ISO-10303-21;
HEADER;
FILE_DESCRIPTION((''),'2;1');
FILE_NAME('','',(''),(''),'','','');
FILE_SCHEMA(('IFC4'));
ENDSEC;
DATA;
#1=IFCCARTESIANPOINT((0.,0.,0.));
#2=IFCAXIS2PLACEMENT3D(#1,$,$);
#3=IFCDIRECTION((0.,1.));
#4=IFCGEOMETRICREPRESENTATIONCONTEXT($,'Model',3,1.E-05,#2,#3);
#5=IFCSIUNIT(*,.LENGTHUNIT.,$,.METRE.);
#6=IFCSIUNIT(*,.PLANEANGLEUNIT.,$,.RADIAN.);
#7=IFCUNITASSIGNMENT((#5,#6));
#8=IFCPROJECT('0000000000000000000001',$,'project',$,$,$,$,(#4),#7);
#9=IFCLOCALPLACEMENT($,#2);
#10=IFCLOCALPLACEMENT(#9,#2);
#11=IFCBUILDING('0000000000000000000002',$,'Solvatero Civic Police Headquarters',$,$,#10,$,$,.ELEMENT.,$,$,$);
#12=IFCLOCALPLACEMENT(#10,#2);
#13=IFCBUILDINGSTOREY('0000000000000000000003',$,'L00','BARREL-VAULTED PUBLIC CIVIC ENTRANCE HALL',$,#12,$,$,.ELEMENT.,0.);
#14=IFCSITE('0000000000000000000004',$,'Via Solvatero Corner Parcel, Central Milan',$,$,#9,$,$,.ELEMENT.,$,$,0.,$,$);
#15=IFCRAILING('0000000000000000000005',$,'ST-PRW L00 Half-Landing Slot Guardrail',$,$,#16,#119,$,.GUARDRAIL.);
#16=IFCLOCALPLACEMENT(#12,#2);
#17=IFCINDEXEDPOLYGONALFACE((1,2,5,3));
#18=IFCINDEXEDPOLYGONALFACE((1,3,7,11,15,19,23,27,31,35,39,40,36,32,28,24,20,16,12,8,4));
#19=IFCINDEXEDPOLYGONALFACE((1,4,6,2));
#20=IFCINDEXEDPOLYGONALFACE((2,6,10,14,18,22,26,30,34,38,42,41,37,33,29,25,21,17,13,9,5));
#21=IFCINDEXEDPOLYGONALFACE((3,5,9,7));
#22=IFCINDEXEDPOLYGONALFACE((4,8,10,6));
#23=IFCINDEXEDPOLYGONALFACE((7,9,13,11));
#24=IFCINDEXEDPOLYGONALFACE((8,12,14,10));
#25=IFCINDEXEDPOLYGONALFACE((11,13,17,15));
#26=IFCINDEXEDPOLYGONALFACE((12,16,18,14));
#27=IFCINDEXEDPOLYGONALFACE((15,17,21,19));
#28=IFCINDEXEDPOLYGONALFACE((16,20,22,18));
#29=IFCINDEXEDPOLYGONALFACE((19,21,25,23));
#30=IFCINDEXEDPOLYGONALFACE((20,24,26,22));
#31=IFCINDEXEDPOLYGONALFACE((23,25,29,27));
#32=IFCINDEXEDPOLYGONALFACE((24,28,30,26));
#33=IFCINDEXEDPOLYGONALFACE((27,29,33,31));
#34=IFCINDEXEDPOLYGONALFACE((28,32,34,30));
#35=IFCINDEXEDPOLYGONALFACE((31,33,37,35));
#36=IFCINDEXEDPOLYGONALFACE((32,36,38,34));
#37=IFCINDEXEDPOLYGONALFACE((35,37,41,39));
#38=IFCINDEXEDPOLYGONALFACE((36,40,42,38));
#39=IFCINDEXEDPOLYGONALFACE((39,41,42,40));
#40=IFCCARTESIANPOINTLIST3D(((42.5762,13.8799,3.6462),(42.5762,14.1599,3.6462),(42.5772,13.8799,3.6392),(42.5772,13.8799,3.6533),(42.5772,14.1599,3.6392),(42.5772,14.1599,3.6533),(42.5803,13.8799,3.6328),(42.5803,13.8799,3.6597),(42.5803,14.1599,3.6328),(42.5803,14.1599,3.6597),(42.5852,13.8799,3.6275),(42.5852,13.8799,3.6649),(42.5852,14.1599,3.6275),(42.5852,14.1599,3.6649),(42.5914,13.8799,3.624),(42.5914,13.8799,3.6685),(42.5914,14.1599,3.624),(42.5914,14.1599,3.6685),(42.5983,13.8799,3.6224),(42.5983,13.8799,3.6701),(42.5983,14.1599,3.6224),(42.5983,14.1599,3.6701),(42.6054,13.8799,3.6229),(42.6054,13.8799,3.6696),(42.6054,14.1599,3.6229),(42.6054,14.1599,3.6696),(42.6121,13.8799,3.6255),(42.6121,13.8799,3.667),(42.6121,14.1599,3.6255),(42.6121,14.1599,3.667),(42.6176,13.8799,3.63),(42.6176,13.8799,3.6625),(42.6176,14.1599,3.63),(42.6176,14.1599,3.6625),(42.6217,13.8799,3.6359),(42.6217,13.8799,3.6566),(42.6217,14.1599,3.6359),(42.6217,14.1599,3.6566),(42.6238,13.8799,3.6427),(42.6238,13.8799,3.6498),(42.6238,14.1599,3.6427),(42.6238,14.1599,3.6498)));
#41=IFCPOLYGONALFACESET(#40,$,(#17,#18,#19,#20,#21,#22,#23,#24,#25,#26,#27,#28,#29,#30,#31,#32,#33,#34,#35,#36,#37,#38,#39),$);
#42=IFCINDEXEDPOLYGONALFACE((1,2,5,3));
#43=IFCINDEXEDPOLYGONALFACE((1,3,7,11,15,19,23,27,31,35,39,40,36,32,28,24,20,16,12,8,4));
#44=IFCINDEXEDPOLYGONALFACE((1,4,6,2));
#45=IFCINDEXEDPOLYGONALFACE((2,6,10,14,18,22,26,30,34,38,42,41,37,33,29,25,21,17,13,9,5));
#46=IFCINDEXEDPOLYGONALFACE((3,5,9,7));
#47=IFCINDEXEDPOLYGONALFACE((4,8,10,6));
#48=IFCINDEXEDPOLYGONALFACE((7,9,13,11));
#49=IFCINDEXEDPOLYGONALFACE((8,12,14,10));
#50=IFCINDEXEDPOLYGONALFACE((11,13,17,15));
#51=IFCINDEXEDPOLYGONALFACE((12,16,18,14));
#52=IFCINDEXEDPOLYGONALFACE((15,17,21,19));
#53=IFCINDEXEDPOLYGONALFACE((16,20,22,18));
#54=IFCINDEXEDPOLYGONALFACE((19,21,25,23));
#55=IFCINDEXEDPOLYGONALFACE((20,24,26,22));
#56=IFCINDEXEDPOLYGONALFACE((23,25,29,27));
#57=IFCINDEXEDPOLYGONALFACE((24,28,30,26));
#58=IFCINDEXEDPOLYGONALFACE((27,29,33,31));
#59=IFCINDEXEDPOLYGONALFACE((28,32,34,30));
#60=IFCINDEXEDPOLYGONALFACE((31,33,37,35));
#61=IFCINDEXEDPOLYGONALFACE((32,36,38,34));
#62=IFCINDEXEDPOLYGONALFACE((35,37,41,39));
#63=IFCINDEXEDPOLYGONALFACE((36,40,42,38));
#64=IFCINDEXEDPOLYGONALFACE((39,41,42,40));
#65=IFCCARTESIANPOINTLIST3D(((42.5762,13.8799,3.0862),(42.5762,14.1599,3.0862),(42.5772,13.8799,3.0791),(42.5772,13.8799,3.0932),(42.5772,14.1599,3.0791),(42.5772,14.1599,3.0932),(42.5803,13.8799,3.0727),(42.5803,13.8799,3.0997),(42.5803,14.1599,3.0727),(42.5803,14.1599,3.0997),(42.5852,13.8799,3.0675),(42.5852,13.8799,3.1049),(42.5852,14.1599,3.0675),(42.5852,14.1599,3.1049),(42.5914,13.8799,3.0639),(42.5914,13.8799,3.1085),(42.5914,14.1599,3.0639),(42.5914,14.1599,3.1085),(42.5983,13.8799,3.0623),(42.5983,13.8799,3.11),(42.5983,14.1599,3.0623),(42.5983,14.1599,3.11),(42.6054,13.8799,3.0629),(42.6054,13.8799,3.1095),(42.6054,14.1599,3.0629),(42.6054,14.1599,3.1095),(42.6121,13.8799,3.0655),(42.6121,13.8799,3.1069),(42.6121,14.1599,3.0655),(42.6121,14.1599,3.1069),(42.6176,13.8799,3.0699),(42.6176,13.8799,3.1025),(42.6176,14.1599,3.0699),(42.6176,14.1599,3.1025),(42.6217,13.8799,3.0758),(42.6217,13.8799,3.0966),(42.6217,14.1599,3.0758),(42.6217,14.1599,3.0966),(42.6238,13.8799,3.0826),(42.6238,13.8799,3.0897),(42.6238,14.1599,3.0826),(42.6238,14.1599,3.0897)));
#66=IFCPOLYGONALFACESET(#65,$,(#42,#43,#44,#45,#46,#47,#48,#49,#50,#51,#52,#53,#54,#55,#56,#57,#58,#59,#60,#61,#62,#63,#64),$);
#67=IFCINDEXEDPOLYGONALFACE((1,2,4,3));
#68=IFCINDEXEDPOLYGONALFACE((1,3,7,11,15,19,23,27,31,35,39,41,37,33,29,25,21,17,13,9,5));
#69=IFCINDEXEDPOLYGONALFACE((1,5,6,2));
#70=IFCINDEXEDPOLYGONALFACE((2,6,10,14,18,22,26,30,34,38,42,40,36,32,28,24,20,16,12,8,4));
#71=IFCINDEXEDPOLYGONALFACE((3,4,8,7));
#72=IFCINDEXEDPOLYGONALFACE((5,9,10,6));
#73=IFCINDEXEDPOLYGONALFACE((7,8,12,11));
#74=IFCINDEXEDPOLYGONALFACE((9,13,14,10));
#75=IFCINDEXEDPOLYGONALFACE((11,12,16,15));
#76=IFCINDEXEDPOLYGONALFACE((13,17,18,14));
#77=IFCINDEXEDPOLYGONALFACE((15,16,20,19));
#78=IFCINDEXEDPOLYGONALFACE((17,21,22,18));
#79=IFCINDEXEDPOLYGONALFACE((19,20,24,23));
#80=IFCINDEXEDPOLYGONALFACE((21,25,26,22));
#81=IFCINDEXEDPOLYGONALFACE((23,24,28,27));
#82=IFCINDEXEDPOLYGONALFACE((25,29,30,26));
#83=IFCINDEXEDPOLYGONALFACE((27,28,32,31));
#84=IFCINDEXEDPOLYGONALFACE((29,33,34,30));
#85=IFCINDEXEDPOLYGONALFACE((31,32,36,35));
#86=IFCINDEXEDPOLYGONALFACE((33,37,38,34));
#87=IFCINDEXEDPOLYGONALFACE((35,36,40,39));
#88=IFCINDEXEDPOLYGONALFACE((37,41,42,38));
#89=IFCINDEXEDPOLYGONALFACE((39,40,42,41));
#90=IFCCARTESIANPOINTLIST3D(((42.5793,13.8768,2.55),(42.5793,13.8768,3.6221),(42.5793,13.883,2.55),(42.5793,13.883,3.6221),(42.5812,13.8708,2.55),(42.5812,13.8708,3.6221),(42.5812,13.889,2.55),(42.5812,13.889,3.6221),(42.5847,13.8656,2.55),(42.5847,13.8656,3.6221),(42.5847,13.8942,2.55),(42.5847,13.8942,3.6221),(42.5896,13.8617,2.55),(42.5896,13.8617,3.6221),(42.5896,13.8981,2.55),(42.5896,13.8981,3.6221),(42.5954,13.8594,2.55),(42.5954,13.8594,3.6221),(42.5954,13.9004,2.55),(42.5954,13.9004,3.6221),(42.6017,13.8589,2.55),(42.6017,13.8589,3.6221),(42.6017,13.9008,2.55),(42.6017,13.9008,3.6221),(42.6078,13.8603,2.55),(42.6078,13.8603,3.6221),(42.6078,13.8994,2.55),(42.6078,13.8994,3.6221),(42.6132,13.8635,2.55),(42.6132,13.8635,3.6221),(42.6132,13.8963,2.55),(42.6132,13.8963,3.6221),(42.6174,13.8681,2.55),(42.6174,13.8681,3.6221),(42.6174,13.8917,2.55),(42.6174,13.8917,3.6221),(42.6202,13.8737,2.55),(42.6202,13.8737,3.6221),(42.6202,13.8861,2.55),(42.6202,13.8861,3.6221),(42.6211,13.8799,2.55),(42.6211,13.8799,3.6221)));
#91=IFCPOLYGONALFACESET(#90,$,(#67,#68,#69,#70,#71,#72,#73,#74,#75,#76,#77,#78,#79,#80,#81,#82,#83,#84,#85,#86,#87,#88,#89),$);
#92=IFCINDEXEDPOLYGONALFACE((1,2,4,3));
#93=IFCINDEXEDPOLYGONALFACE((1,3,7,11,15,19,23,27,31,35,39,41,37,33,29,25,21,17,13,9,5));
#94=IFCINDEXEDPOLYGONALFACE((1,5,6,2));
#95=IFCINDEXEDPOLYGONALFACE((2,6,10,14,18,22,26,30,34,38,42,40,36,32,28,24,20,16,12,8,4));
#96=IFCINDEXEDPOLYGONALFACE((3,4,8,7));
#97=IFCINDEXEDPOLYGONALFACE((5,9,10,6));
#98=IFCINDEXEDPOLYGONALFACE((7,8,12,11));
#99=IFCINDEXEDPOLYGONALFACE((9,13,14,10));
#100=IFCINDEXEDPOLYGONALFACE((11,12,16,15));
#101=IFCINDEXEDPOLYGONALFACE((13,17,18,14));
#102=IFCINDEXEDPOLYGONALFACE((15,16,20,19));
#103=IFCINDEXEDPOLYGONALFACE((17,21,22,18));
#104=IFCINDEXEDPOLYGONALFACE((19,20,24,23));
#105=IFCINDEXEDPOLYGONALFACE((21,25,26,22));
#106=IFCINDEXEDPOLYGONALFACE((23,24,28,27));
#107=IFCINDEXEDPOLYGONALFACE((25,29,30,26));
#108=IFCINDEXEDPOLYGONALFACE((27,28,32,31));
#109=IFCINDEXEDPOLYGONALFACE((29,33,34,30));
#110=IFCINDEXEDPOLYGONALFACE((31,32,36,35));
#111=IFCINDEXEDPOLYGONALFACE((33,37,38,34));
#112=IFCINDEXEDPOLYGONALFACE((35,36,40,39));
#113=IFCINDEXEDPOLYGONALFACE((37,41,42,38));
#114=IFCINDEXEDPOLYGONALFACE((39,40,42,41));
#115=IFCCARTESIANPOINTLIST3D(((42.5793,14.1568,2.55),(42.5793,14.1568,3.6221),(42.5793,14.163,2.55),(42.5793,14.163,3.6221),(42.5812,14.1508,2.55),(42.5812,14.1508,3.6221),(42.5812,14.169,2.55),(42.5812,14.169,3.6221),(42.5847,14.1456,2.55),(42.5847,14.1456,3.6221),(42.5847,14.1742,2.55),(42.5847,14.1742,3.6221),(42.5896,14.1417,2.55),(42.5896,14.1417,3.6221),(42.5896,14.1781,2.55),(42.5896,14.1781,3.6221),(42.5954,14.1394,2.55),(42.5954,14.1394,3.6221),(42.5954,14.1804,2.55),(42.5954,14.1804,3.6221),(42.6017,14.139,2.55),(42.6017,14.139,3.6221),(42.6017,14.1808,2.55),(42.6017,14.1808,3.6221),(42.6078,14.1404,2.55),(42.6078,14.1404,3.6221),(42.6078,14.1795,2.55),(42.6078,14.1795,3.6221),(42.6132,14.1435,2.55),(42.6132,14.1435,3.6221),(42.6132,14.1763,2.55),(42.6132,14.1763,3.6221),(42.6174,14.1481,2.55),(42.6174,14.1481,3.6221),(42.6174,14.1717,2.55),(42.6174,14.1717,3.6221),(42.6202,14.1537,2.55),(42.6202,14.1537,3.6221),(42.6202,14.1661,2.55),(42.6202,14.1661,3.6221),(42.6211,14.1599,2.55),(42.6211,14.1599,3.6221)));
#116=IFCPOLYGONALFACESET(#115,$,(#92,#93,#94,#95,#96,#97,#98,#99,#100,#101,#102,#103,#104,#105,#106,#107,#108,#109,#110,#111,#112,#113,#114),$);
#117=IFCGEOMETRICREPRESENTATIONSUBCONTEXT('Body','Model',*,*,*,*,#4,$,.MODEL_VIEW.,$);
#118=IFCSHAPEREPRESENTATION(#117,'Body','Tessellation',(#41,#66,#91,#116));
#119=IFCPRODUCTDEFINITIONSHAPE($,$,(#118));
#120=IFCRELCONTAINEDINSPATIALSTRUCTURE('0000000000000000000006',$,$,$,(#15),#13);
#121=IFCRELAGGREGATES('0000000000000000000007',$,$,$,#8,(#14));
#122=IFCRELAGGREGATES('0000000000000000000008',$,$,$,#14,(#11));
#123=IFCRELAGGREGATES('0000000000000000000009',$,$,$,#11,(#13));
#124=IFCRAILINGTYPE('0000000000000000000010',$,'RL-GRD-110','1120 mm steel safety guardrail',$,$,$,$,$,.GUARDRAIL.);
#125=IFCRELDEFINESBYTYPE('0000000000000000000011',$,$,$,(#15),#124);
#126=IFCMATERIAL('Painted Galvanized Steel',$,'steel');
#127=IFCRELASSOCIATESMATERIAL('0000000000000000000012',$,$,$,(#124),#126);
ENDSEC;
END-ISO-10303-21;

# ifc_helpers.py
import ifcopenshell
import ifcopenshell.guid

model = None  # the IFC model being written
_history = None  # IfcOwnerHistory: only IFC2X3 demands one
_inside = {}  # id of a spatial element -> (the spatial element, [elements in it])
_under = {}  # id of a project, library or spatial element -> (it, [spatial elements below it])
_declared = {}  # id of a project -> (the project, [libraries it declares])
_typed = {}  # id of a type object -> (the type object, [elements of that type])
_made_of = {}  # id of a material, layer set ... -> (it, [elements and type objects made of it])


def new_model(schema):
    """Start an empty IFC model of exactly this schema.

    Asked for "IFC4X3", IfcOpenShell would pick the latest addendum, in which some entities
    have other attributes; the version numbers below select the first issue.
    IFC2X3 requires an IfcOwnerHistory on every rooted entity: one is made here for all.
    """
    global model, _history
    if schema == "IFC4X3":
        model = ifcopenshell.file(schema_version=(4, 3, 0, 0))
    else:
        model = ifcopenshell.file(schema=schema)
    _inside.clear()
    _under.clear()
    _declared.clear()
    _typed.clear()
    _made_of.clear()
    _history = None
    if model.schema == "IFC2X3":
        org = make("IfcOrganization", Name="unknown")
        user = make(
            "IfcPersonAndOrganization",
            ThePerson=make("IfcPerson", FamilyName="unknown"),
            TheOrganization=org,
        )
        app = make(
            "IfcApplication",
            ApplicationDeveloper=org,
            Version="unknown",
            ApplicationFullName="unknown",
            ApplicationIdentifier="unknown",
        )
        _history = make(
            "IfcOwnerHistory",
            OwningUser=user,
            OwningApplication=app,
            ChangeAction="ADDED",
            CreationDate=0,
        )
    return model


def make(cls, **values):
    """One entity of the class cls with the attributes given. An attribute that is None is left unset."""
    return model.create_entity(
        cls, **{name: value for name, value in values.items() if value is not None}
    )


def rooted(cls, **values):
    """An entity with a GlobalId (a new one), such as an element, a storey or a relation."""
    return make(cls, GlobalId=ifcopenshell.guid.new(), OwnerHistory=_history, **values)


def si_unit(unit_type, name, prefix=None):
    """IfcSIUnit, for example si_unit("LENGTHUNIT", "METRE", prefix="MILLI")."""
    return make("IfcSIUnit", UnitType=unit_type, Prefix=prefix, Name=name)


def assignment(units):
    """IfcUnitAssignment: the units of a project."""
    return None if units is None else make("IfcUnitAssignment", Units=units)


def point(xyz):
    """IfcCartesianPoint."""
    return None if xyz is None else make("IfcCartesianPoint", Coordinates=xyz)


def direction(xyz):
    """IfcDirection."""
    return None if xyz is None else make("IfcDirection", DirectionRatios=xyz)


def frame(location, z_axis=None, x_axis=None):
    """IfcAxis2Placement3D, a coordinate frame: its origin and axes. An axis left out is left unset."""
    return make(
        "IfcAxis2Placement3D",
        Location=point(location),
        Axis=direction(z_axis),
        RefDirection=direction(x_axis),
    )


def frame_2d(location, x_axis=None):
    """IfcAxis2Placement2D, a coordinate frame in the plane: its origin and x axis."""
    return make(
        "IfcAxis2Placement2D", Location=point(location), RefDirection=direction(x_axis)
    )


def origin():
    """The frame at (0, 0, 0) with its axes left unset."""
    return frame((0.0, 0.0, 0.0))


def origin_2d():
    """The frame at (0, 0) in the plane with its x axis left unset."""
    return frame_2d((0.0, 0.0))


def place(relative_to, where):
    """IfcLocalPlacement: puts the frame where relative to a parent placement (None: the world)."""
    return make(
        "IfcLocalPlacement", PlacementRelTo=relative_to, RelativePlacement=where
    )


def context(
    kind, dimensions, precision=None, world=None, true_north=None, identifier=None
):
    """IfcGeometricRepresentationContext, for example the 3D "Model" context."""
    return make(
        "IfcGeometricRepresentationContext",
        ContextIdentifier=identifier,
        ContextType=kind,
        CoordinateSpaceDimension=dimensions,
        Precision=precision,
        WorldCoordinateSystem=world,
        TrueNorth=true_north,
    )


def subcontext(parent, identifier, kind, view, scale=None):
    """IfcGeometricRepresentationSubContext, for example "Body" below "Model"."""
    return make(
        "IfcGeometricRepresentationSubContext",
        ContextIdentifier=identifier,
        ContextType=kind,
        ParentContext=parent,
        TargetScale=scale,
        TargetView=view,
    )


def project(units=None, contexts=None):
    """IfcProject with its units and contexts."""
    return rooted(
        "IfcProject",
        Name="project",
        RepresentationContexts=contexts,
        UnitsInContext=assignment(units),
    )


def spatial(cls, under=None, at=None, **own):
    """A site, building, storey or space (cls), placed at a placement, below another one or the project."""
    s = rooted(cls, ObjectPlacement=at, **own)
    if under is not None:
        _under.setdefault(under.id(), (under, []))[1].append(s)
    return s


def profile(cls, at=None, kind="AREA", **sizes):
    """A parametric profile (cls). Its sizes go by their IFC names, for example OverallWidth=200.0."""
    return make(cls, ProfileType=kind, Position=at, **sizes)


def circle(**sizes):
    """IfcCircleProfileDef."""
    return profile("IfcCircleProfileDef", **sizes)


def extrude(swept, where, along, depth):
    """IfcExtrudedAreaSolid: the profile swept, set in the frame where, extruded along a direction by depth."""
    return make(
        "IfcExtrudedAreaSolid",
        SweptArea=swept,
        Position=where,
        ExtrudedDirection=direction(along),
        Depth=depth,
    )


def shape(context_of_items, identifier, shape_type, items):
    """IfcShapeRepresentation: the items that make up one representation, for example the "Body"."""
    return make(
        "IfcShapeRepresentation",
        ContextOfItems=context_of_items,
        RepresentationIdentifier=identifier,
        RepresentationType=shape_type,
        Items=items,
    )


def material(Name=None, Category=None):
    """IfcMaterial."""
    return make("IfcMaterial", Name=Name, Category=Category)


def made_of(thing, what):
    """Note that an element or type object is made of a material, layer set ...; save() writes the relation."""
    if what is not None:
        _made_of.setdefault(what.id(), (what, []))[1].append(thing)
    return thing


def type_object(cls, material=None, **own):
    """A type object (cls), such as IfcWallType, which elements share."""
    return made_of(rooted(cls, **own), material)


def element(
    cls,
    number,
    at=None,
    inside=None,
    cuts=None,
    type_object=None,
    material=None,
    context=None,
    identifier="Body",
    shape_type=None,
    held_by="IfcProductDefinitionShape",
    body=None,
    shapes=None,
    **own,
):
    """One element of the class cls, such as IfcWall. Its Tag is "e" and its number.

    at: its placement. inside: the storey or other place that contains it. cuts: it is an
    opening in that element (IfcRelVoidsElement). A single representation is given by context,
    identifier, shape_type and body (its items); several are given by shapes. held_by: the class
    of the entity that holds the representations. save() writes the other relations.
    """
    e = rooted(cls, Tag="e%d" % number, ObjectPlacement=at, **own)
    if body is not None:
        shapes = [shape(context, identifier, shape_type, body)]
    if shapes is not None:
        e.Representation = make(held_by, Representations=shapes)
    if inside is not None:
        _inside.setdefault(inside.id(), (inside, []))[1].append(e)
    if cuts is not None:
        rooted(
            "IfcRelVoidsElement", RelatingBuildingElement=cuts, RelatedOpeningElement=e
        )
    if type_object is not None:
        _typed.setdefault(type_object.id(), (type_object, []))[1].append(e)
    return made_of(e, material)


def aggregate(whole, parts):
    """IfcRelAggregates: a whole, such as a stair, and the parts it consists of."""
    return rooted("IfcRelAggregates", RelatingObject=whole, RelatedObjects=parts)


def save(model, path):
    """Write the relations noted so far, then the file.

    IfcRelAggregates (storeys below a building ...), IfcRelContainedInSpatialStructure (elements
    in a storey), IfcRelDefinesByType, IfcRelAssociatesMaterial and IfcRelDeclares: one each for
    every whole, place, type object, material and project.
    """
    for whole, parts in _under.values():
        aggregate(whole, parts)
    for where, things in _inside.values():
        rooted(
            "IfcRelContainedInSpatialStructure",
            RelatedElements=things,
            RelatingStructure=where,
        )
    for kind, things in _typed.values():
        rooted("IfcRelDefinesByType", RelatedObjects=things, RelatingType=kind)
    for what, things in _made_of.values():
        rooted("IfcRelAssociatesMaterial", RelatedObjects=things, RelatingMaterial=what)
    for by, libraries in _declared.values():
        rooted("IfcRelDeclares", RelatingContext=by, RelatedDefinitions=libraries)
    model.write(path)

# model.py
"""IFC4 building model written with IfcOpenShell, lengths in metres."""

from ifc_helpers import new_model, si_unit, direction, frame, origin, origin_2d, place, context, subcontext, project, spatial, circle, extrude, material, type_object, element, save


model = new_model("IFC4")

# Units and contexts
model_context = context("Model", 3, precision=1e-05, world=origin(), true_north=direction((0.0, 1.0)))
body_context = subcontext(model_context, "Body", "Model", "MODEL_VIEW")
ifc_project = project(units=[si_unit("LENGTHUNIT", "METRE"), si_unit("PLANEANGLEUNIT", "RADIAN")], contexts=[model_context])

# Site, building, storey
site_placement = place(None, origin())
site = spatial("IfcSite", under=ifc_project, at=site_placement, Name="Via Solvatero Corner Parcel, Central Milan", CompositionType="ELEMENT", RefElevation=0.0)
building_placement = place(site_placement, origin())
building = spatial("IfcBuilding", under=site, at=building_placement, Name="Solvatero Civic Police Headquarters", CompositionType="ELEMENT")
storey_placement = place(building_placement, origin())
storey = spatial("IfcBuildingStorey", under=building, at=storey_placement, Name="L00", Description="BARREL-VAULTED PUBLIC CIVIC ENTRANCE HALL", CompositionType="ELEMENT", Elevation=0.0)

# Railing
ifc_material_1 = material(Name="Painted Galvanized Steel", Category="steel")
railing_type_1 = type_object("IfcRailingType", Name="RL-GRD-110", Description="1120 mm steel safety guardrail", PredefinedType="GUARDRAIL", material=ifc_material_1)
railing_1_placement = place(storey_placement, frame((42.6001, 13.8799, 2.55)))
element("IfcRailing", 1, at=railing_1_placement, inside=storey, type_object=railing_type_1, Name="ST-PRW L00 Half-Landing Slot Guardrail", PredefinedType="GUARDRAIL", context=body_context, shape_type="SweptSolid", body=[
    extrude(circle(Radius=0.0239, at=origin_2d()), frame((0.0, 0.0, 1.0962), z_axis=(0.0, 1.0, 0.0), x_axis=(-1.0, 0.0, 0.0)), (0.0, 0.0, 1.0), 0.28),
    extrude(circle(Radius=0.0239, at=origin_2d()), frame((0.0, 0.0, 0.5361), z_axis=(0.0, 1.0, 0.0), x_axis=(-1.0, 0.0, 0.0)), (0.0, 0.0, 1.0), 0.28),
    extrude(circle(Radius=0.021, at=origin_2d()), origin(), (0.0, 0.0, 1.0), 1.072),
    extrude(circle(Radius=0.021, at=origin_2d()), frame((0.0, 0.28, 0.0)), (0.0, 0.0, 1.0), 1.072),
])

save(model, "model.ifc")
